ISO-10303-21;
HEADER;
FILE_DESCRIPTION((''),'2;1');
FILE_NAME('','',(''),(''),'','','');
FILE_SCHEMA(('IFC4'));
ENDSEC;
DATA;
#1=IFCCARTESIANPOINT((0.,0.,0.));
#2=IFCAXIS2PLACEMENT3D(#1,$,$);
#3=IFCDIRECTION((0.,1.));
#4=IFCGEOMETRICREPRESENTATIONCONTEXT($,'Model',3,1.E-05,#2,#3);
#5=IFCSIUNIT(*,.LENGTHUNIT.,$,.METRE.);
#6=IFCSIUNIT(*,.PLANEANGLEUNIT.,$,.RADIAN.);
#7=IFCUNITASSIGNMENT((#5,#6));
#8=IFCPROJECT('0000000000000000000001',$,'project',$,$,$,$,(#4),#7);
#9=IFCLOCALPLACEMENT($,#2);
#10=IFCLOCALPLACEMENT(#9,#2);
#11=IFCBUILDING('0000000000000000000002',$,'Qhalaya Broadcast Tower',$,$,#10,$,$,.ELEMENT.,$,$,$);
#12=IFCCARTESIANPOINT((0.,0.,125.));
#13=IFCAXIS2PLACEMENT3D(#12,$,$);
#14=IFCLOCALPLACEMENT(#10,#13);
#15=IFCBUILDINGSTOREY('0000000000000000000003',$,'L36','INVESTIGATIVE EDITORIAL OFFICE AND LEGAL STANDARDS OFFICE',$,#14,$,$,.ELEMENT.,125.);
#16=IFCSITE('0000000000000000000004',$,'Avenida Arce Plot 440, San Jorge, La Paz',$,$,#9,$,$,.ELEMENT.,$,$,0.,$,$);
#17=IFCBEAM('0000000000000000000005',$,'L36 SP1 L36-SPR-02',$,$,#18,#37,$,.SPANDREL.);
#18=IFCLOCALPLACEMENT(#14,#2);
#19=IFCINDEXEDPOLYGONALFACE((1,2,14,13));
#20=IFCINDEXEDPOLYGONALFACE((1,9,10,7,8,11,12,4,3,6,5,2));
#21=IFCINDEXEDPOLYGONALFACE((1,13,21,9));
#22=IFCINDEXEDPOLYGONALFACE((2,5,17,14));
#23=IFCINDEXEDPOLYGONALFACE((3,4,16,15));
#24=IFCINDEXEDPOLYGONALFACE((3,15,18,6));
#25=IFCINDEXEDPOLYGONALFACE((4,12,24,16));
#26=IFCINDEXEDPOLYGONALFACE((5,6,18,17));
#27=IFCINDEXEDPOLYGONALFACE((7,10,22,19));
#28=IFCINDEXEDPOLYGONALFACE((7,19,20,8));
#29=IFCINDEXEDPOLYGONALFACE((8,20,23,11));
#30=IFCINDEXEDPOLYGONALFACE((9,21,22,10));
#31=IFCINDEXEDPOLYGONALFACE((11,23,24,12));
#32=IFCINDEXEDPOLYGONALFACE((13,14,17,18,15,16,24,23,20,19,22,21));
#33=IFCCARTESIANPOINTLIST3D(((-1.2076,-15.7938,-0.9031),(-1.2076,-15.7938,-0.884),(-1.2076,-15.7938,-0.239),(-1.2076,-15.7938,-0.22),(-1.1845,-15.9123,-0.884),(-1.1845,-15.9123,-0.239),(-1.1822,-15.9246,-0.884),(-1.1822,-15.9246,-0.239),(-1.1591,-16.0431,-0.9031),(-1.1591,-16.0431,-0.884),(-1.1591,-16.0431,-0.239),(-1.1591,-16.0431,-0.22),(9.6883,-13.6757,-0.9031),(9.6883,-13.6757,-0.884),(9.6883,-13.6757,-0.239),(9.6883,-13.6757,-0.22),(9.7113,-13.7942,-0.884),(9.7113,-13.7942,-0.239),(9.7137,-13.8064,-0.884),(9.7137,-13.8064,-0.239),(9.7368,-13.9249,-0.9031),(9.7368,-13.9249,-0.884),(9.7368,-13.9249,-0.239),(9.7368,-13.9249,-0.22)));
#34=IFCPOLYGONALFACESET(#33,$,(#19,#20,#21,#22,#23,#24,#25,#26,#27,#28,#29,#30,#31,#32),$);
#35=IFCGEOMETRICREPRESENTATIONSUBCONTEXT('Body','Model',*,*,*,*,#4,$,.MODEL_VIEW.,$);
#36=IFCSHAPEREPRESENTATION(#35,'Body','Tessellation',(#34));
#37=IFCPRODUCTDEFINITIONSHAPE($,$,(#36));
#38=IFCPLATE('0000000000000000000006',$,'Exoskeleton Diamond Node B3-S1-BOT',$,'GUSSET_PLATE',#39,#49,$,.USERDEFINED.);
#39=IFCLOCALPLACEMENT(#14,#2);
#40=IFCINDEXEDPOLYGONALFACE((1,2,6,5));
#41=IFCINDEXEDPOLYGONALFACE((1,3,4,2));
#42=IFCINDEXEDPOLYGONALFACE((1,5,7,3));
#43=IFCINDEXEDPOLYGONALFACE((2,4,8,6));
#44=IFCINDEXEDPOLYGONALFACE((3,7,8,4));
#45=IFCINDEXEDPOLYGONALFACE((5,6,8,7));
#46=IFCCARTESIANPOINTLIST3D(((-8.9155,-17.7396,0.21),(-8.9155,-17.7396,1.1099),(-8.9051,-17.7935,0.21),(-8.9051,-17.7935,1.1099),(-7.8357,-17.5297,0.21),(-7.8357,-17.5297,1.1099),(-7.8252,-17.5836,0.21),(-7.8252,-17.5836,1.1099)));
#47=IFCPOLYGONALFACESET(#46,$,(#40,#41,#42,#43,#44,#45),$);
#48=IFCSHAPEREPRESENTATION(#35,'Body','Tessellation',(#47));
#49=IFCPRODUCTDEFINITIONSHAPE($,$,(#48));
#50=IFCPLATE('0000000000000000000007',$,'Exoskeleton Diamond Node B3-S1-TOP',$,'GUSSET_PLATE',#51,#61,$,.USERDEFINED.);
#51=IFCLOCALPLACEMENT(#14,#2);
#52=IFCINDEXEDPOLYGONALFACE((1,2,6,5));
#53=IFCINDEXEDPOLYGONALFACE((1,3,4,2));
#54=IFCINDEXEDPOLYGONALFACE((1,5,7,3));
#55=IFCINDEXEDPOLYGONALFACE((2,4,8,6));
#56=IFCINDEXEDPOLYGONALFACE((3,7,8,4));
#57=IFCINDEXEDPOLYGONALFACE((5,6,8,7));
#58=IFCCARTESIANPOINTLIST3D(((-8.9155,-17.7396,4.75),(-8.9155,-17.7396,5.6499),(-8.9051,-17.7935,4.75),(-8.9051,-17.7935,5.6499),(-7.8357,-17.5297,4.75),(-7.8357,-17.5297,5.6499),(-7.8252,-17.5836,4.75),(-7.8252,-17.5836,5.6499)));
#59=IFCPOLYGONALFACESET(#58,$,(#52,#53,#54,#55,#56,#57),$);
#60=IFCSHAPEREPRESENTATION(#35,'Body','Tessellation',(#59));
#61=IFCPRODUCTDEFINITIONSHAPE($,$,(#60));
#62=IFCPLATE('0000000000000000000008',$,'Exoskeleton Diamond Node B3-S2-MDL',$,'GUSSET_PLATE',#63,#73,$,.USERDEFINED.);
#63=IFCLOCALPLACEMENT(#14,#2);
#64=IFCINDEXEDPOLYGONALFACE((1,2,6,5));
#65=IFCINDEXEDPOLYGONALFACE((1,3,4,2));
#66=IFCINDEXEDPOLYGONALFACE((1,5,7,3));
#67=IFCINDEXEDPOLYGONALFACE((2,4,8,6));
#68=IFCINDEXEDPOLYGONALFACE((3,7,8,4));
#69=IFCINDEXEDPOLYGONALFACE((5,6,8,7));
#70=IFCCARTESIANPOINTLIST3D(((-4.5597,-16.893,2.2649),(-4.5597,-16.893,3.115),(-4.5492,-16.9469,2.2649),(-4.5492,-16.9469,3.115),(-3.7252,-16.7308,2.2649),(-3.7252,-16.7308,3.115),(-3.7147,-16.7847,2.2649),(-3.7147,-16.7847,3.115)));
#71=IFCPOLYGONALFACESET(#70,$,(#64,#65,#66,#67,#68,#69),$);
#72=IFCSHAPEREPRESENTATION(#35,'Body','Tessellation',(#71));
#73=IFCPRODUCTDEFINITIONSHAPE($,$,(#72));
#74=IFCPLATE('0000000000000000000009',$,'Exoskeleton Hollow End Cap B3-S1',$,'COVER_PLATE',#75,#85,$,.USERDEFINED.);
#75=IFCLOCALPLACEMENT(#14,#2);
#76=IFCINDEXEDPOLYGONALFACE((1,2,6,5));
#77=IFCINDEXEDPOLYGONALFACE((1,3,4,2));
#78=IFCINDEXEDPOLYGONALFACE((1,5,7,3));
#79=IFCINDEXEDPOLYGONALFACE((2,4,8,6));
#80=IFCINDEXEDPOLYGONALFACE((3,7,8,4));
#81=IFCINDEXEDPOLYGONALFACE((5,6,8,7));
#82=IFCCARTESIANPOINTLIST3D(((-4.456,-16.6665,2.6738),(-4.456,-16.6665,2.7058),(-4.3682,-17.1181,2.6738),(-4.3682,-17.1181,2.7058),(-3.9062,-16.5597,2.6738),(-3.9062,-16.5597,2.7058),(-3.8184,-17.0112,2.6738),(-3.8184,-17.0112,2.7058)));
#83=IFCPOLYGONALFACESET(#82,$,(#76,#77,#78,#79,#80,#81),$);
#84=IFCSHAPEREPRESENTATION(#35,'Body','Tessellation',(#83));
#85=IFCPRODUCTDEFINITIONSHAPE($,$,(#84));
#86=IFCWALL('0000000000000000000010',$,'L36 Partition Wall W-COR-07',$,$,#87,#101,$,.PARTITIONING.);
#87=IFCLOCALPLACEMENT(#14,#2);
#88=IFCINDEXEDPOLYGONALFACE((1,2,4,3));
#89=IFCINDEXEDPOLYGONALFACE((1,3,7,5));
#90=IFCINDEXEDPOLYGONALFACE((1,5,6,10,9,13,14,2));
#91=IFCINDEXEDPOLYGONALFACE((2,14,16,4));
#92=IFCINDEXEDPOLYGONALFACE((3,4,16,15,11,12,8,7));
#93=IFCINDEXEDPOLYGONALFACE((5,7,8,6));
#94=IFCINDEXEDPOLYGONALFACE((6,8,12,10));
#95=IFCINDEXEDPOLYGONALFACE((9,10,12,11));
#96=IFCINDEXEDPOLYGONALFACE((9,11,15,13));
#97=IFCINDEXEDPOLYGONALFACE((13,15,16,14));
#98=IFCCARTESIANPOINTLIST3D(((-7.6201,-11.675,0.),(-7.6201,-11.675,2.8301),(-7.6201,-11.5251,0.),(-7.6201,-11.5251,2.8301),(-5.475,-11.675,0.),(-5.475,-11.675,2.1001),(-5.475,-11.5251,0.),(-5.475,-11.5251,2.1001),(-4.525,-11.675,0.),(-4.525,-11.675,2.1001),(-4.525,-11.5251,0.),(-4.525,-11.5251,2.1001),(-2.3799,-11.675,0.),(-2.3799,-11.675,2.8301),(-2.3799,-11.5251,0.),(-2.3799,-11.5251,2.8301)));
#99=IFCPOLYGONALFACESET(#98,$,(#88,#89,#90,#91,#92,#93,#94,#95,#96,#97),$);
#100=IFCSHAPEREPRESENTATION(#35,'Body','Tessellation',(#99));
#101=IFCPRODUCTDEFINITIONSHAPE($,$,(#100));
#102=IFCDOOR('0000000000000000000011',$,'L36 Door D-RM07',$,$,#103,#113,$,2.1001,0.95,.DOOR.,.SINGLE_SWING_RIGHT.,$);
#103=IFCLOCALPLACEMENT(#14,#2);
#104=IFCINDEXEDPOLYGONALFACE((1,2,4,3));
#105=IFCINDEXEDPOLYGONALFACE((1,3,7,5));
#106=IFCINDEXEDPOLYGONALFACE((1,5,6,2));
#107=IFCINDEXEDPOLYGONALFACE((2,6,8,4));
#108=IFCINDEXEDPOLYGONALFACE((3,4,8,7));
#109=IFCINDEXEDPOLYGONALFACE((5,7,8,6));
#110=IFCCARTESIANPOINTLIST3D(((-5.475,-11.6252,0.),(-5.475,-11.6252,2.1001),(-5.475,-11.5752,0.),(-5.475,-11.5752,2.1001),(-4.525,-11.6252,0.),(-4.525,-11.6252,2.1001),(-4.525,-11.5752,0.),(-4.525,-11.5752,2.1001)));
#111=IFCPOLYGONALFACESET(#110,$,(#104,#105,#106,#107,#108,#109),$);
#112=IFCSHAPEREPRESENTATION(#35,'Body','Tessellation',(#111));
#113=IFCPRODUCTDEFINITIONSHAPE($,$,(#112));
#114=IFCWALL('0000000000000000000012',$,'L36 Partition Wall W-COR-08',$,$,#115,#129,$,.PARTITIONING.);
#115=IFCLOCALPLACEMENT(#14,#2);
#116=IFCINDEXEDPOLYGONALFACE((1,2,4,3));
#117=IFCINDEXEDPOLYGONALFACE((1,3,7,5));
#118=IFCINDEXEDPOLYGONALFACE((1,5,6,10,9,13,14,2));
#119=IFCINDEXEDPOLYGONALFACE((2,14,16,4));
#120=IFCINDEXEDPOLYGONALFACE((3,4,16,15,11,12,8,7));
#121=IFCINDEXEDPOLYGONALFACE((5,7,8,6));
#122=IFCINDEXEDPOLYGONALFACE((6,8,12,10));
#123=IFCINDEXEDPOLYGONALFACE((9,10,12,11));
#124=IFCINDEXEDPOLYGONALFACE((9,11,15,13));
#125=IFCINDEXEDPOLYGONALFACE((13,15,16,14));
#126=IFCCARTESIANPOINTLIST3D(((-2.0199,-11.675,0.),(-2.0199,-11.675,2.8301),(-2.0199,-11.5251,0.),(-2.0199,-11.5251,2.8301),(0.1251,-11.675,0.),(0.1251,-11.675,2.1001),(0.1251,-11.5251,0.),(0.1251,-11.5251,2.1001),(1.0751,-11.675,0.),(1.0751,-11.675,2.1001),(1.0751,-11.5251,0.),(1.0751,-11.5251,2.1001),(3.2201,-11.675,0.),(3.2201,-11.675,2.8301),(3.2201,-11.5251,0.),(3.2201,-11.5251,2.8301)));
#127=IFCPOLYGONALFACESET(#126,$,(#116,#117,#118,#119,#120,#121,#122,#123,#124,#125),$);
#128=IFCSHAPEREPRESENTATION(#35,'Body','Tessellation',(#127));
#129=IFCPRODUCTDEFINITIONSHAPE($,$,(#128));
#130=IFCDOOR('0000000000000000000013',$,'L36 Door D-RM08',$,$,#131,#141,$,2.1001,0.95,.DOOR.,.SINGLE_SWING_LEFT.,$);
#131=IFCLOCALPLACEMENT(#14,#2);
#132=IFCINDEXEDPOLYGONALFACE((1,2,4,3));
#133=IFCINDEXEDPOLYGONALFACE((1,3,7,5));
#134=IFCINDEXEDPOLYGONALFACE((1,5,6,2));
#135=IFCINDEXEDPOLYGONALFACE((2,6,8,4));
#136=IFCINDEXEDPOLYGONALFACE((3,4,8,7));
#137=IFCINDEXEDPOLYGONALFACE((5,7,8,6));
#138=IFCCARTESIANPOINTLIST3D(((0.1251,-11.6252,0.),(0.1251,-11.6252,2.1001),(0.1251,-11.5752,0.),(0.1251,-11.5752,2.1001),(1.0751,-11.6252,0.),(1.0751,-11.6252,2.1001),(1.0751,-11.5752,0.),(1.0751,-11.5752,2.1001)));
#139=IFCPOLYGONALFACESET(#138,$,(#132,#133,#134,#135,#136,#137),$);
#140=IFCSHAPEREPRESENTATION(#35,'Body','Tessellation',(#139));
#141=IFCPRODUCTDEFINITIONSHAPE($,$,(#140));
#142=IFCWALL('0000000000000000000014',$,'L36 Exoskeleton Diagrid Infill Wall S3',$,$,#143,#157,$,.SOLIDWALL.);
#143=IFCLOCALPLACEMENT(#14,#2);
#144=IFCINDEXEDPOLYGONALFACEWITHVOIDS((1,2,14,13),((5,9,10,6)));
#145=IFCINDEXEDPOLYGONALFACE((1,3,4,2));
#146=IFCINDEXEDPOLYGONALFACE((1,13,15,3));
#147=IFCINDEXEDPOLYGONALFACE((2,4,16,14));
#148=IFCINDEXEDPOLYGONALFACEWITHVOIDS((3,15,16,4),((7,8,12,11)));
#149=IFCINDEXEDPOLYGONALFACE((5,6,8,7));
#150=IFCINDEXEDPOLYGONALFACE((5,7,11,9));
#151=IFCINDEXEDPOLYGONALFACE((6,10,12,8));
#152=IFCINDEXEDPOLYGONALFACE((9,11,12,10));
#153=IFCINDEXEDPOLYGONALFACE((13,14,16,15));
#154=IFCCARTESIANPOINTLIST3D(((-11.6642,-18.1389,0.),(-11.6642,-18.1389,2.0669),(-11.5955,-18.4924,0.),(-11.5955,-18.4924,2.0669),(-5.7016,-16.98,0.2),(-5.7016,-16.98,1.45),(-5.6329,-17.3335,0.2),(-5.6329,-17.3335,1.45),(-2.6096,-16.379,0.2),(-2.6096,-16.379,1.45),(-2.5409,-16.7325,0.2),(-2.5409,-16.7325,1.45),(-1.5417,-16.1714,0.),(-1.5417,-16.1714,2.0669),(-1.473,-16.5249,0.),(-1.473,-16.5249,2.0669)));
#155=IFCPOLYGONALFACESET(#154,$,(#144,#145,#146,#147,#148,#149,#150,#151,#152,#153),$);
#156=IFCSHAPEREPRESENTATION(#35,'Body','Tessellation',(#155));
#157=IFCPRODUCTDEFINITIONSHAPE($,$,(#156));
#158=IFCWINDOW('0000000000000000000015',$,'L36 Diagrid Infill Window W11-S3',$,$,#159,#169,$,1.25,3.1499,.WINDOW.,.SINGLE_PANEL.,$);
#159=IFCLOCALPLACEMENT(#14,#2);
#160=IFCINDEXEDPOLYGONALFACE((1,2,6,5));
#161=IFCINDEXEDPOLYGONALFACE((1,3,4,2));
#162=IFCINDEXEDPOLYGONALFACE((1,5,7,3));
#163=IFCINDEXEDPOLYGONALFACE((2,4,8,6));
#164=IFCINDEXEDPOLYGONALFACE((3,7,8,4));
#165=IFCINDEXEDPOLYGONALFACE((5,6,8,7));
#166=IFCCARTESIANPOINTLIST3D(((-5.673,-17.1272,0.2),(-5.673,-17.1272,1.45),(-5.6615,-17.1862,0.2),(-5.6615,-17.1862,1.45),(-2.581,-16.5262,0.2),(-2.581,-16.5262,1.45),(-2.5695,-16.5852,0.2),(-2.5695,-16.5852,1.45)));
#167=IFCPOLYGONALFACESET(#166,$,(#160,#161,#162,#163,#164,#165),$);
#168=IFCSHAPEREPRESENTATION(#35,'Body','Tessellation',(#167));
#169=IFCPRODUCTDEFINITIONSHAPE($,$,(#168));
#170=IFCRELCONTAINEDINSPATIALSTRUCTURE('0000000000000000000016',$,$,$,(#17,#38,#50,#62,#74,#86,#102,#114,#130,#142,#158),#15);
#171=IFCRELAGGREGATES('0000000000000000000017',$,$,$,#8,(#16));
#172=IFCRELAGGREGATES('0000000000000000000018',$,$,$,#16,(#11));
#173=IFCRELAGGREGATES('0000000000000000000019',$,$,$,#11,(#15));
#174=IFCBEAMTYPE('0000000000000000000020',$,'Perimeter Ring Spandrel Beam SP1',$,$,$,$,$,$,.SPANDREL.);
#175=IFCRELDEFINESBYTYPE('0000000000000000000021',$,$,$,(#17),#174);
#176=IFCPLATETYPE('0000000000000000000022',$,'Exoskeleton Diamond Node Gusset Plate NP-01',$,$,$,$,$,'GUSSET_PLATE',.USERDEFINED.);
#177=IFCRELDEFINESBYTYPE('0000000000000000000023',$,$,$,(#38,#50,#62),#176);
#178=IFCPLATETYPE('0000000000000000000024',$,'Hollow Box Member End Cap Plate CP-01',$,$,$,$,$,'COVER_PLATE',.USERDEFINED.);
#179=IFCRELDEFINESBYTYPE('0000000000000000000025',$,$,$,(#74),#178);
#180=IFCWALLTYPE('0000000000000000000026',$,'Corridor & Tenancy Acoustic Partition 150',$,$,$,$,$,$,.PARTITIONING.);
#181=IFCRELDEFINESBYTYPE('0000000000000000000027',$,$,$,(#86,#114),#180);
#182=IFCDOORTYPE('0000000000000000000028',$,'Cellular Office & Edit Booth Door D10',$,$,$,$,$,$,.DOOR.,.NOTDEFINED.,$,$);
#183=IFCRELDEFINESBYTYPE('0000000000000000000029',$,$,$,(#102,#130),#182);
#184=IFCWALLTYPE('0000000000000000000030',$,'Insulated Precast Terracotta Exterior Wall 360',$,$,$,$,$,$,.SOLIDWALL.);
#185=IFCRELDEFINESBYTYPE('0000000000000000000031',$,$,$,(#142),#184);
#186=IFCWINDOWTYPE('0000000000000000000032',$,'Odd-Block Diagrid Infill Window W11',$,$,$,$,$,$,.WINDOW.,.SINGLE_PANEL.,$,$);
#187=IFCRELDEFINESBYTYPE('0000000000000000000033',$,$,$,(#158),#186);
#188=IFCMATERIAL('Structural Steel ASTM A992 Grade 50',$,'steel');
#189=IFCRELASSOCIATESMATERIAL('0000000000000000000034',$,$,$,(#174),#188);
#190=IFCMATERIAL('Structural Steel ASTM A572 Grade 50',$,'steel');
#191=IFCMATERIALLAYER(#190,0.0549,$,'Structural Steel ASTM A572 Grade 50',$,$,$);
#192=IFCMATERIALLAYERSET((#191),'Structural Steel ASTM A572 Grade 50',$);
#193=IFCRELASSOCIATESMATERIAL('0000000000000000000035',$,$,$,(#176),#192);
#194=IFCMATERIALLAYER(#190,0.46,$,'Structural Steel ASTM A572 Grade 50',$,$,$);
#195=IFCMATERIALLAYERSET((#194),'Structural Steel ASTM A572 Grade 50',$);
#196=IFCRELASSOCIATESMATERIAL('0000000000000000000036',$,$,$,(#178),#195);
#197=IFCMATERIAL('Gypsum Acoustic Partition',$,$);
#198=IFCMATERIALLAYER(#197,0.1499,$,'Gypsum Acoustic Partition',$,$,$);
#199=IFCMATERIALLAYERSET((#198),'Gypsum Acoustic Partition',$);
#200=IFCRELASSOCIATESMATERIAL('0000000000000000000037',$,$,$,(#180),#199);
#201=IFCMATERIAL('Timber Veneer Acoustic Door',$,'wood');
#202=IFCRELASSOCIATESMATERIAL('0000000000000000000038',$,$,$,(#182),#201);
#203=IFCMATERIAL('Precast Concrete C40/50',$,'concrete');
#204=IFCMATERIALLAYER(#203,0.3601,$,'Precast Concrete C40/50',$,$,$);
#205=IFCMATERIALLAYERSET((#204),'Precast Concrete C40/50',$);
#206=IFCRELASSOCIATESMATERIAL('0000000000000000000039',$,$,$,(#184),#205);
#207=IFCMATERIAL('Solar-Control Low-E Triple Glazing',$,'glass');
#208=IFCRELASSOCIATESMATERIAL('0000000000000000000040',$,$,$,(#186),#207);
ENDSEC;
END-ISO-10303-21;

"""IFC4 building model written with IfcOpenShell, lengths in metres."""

from ifc_helpers import new_model, si_unit, direction, frame, frame_2d, origin, origin_2d, place, context, subcontext, project, spatial, rectangle, i_section, extrude, material, layer, layer_set, material_profile, profile_set, type_object, element, fill, save


model = new_model("IFC4")

# Units and contexts
model_context = context("Model", 3, precision=1e-05, world=origin(), true_north=direction((0.0, 1.0)))
body_context = subcontext(model_context, "Body", "Model", "MODEL_VIEW")
ifc_project = project(units=[si_unit("LENGTHUNIT", "METRE"), si_unit("PLANEANGLEUNIT", "RADIAN")], contexts=[model_context])

# Site, building, storey
site_placement = place(None, origin())
site = spatial("IfcSite", under=ifc_project, at=site_placement, Name="Avenida Arce Plot 440, San Jorge, La Paz", CompositionType="ELEMENT", RefElevation=0.0)
building_placement = place(site_placement, origin())
building = spatial("IfcBuilding", under=site, at=building_placement, Name="Qhalaya Broadcast Tower", CompositionType="ELEMENT")
storey_placement = place(building_placement, frame((0.0, 0.0, 125.0)))
storey = spatial("IfcBuildingStorey", under=building, at=storey_placement, Name="L36", Description="INVESTIGATIVE EDITORIAL OFFICE AND LEGAL STANDARDS OFFICE", CompositionType="ELEMENT", Elevation=125.0)

# Shared definitions
ifc_material_1 = material(Name="Structural Steel ASTM A572 Grade 50", Category="steel")

# Shared definitions
ifc_material_2 = material(Name="Structural Steel ASTM A992 Grade 50", Category="steel")

# Beam
ifc_material_profile_1 = material_profile(ifc_material_2, i_section(OverallWidth=0.2539, OverallDepth=0.6831, WebThickness=0.0125, FlangeThickness=0.019, at=origin_2d()), Name="W27X94")
ifc_profile_set_1 = profile_set([ifc_material_profile_1], Name="Structural Steel ASTM A992 Grade 50")
beam_type_1 = type_object("IfcBeamType", Name="Perimeter Ring Spandrel Beam SP1", PredefinedType="SPANDREL", material=ifc_profile_set_1)
beam_1_placement = place(storey_placement, frame((-1.1833, -15.9185, -0.5615), z_axis=(0.981624, 0.190826, 0.0), x_axis=(-0.190826, 0.981624, 0.0)))
element("IfcBeam", 1, at=beam_1_placement, inside=storey, type_object=beam_type_1, Name="L36 SP1 L36-SPR-02", PredefinedType="SPANDREL", context=body_context, shape_type="SweptSolid", body=[
    extrude(i_section(OverallWidth=0.2539, OverallDepth=0.6831, WebThickness=0.0125, FlangeThickness=0.019, at=origin_2d()), origin(), (0.0, 0.0, 1.0), 11.0999),
])

# Plates
ifc_layer_1 = layer(ifc_material_1, 0.0549, Name="Structural Steel ASTM A572 Grade 50")
ifc_layer_set_1 = layer_set([ifc_layer_1], Name="Structural Steel ASTM A572 Grade 50")
plate_type_1 = type_object("IfcPlateType", Name="Exoskeleton Diamond Node Gusset Plate NP-01", ElementType="GUSSET_PLATE", PredefinedType="USERDEFINED", material=ifc_layer_set_1)
for number, where, z_axis, x_axis, name in (
    (2, (-8.3704, -17.6616, 0.21), (0.0, 0.0, 1.0), (0.981627, 0.190809, 0.0), "Exoskeleton Diamond Node B3-S1-BOT"),
    (3, (-8.3704, -17.6616, 4.75), (0.0, 0.0, 1.0), (0.981627, 0.190809, 0.0), "Exoskeleton Diamond Node B3-S1-TOP"),
):
    element("IfcPlate", number, at=place(storey_placement, frame(where, z_axis=z_axis, x_axis=x_axis)), inside=storey, type_object=plate_type_1, Name=name, ObjectType="GUSSET_PLATE", PredefinedType="USERDEFINED", context=body_context, shape_type="SweptSolid", body=[
        extrude(rectangle(XDim=1.1001, YDim=0.0549, at=origin_2d()), origin(), (0.0, 0.0, 1.0), 0.8999),
    ])
plate_1_placement = place(storey_placement, frame((-4.1372, -16.8389, 2.2649), z_axis=(0.0, 0.0, 1.0), x_axis=(0.981627, 0.190809, 0.0)))
element("IfcPlate", 4, at=plate_1_placement, inside=storey, type_object=plate_type_1, Name="Exoskeleton Diamond Node B3-S2-MDL", ObjectType="GUSSET_PLATE", PredefinedType="USERDEFINED", context=body_context, shape_type="SweptSolid", body=[
    extrude(rectangle(XDim=0.8501, YDim=0.0549, at=origin_2d()), origin(), (0.0, 0.0, 1.0), 0.8501),
])
ifc_layer_2 = layer(ifc_material_1, 0.46, Name="Structural Steel ASTM A572 Grade 50")
ifc_layer_set_2 = layer_set([ifc_layer_2], Name="Structural Steel ASTM A572 Grade 50")
plate_type_2 = type_object("IfcPlateType", Name="Hollow Box Member End Cap Plate CP-01", ElementType="COVER_PLATE", PredefinedType="USERDEFINED", material=ifc_layer_set_2)
plate_2_placement = place(storey_placement, frame((-4.1372, -16.8389, 2.6738), z_axis=(0.0, 0.0, 1.0), x_axis=(0.981627, 0.190809, 0.0)))
element("IfcPlate", 5, at=plate_2_placement, inside=storey, type_object=plate_type_2, Name="Exoskeleton Hollow End Cap B3-S1", ObjectType="COVER_PLATE", PredefinedType="USERDEFINED", context=body_context, shape_type="SweptSolid", body=[
    extrude(rectangle(XDim=0.5601, YDim=0.46, at=origin_2d()), origin(), (0.0, 0.0, 1.0), 0.032),
])

# Walls, openings, doors
ifc_material_3 = material(Name="Gypsum Acoustic Partition")
ifc_layer_3 = layer(ifc_material_3, 0.1499, Name="Gypsum Acoustic Partition")
ifc_layer_set_3 = layer_set([ifc_layer_3], Name="Gypsum Acoustic Partition")
wall_type_1 = type_object("IfcWallType", Name="Corridor & Tenancy Acoustic Partition 150", PredefinedType="PARTITIONING", material=ifc_layer_set_3)
wall_1_placement = place(storey_placement, frame((-7.6201, -11.6001, 0.0), z_axis=(0.0, 0.0, 1.0), x_axis=(1.0, 0.0, 0.0)))
wall_1 = element("IfcWall", 6, at=wall_1_placement, inside=storey, type_object=wall_type_1, Name="L36 Partition Wall W-COR-07", PredefinedType="PARTITIONING", context=body_context, shape_type="SweptSolid", body=[
    extrude(rectangle(XDim=5.2402, YDim=0.1499, at=frame_2d((2.6201, 0.0))), origin(), (0.0, 0.0, 1.0), 2.8301),
])
opening_1_placement = place(wall_1_placement, frame((2.145, 0.0, 0.0)))
opening_1 = element("IfcOpeningElement", 7, at=opening_1_placement, cuts=wall_1, PredefinedType="OPENING", context=body_context, shape_type="SweptSolid", body=[
    extrude(rectangle(XDim=0.95, YDim=2.1001, at=frame_2d((0.4751, 1.05))), frame((0.0, 0.0869, 0.0), z_axis=(0.0, -1.0, 0.0), x_axis=(1.0, 0.0, 0.0)), (0.0, 0.0, 1.0), 0.1738),
])
ifc_material_4 = material(Name="Timber Veneer Acoustic Door", Category="wood")
door_type = type_object("IfcDoorType", Name="Cellular Office & Edit Booth Door D10", OperationType="NOTDEFINED", PredefinedType="DOOR", material=ifc_material_4)
door_1_placement = place(opening_1_placement, origin())
door_1 = element("IfcDoor", 8, at=door_1_placement, inside=storey, type_object=door_type, Name="L36 Door D-RM07", OperationType="SINGLE_SWING_RIGHT", OverallHeight=2.1001, OverallWidth=0.95, PredefinedType="DOOR", context=body_context, shape_type="SweptSolid", body=[
    extrude(rectangle(XDim=0.95, YDim=2.1001, at=frame_2d((0.4751, 1.05))), frame((0.0, 0.0249, 0.0), z_axis=(0.0, -1.0, 0.0), x_axis=(1.0, 0.0, 0.0)), (0.0, 0.0, 1.0), 0.05),
])
fill(opening_1, door_1)
wall_2_placement = place(storey_placement, frame((-2.02, -11.6001, 0.0), z_axis=(0.0, 0.0, 1.0), x_axis=(1.0, 0.0, 0.0)))
wall_2 = element("IfcWall", 9, at=wall_2_placement, inside=storey, type_object=wall_type_1, Name="L36 Partition Wall W-COR-08", PredefinedType="PARTITIONING", context=body_context, shape_type="SweptSolid", body=[
    extrude(rectangle(XDim=5.24, YDim=0.1499, at=frame_2d((2.6201, 0.0))), origin(), (0.0, 0.0, 1.0), 2.8301),
])
opening_2_placement = place(wall_2_placement, frame((2.145, 0.0, 0.0)))
opening_2 = element("IfcOpeningElement", 10, at=opening_2_placement, cuts=wall_2, PredefinedType="OPENING", context=body_context, shape_type="SweptSolid", body=[
    extrude(rectangle(XDim=0.95, YDim=2.1001, at=frame_2d((0.4751, 1.05))), frame((0.0, 0.0869, 0.0), z_axis=(0.0, -1.0, 0.0), x_axis=(1.0, 0.0, 0.0)), (0.0, 0.0, 1.0), 0.1738),
])
door_2_placement = place(opening_2_placement, origin())
door_2 = element("IfcDoor", 11, at=door_2_placement, inside=storey, type_object=door_type, Name="L36 Door D-RM08", OperationType="SINGLE_SWING_LEFT", OverallHeight=2.1001, OverallWidth=0.95, PredefinedType="DOOR", context=body_context, shape_type="SweptSolid", body=[
    extrude(rectangle(XDim=0.95, YDim=2.1001, at=frame_2d((0.4751, 1.05))), frame((0.0, 0.0249, 0.0), z_axis=(0.0, -1.0, 0.0), x_axis=(1.0, 0.0, 0.0)), (0.0, 0.0, 1.0), 0.05),
])
fill(opening_2, door_2)

# Wall, opening, window
ifc_material_5 = material(Name="Precast Concrete C40/50", Category="concrete")
ifc_layer_4 = layer(ifc_material_5, 0.3601, Name="Precast Concrete C40/50")
ifc_layer_set_4 = layer_set([ifc_layer_4], Name="Precast Concrete C40/50")
wall_type_2 = type_object("IfcWallType", Name="Insulated Precast Terracotta Exterior Wall 360", PredefinedType="SOLIDWALL", material=ifc_layer_set_4)
wall_3_placement = place(storey_placement, frame((-1.5073, -16.3481, 0.0), z_axis=(0.0, 0.0, 1.0), x_axis=(-0.981629, -0.1908, 0.0)))
wall_3 = element("IfcWall", 12, at=wall_3_placement, inside=storey, type_object=wall_type_2, Name="L36 Exoskeleton Diagrid Infill Wall S3", PredefinedType="SOLIDWALL", context=body_context, shape_type="SweptSolid", body=[
    extrude(rectangle(XDim=10.312, YDim=0.3601, at=frame_2d((5.156, 0.0))), origin(), (0.0, 0.0, 1.0), 2.0669),
])
opening_3_placement = place(wall_3_placement, frame((1.0879, 0.0, 0.2)))
opening_3 = element("IfcOpeningElement", 13, at=opening_3_placement, cuts=wall_3, PredefinedType="OPENING", context=body_context, shape_type="SweptSolid", body=[
    extrude(rectangle(XDim=3.1499, YDim=1.25, at=frame_2d((1.575, 0.625))), frame((0.0, 0.1921, 0.0), z_axis=(0.0, -1.0, 0.0), x_axis=(1.0, 0.0, 0.0)), (0.0, 0.0, 1.0), 0.384),
])
ifc_material_6 = material(Name="Solar-Control Low-E Triple Glazing", Category="glass")
window_type = type_object("IfcWindowType", Name="Odd-Block Diagrid Infill Window W11", PartitioningType="SINGLE_PANEL", PredefinedType="WINDOW", material=ifc_material_6)
window_placement = place(opening_3_placement, origin())
window = element("IfcWindow", 14, at=window_placement, inside=storey, type_object=window_type, Name="L36 Diagrid Infill Window W11-S3", OverallHeight=1.25, OverallWidth=3.1499, PartitioningType="SINGLE_PANEL", PredefinedType="WINDOW", context=body_context, shape_type="SweptSolid", body=[
    extrude(rectangle(XDim=3.1499, YDim=1.25, at=frame_2d((1.575, 0.625))), frame((0.0, 0.03, 0.0), z_axis=(0.0, -1.0, 0.0), x_axis=(1.0, 0.0, 0.0)), (0.0, 0.0, 1.0), 0.0601),
])
fill(opening_3, window)

save(model, "model.ifc")
